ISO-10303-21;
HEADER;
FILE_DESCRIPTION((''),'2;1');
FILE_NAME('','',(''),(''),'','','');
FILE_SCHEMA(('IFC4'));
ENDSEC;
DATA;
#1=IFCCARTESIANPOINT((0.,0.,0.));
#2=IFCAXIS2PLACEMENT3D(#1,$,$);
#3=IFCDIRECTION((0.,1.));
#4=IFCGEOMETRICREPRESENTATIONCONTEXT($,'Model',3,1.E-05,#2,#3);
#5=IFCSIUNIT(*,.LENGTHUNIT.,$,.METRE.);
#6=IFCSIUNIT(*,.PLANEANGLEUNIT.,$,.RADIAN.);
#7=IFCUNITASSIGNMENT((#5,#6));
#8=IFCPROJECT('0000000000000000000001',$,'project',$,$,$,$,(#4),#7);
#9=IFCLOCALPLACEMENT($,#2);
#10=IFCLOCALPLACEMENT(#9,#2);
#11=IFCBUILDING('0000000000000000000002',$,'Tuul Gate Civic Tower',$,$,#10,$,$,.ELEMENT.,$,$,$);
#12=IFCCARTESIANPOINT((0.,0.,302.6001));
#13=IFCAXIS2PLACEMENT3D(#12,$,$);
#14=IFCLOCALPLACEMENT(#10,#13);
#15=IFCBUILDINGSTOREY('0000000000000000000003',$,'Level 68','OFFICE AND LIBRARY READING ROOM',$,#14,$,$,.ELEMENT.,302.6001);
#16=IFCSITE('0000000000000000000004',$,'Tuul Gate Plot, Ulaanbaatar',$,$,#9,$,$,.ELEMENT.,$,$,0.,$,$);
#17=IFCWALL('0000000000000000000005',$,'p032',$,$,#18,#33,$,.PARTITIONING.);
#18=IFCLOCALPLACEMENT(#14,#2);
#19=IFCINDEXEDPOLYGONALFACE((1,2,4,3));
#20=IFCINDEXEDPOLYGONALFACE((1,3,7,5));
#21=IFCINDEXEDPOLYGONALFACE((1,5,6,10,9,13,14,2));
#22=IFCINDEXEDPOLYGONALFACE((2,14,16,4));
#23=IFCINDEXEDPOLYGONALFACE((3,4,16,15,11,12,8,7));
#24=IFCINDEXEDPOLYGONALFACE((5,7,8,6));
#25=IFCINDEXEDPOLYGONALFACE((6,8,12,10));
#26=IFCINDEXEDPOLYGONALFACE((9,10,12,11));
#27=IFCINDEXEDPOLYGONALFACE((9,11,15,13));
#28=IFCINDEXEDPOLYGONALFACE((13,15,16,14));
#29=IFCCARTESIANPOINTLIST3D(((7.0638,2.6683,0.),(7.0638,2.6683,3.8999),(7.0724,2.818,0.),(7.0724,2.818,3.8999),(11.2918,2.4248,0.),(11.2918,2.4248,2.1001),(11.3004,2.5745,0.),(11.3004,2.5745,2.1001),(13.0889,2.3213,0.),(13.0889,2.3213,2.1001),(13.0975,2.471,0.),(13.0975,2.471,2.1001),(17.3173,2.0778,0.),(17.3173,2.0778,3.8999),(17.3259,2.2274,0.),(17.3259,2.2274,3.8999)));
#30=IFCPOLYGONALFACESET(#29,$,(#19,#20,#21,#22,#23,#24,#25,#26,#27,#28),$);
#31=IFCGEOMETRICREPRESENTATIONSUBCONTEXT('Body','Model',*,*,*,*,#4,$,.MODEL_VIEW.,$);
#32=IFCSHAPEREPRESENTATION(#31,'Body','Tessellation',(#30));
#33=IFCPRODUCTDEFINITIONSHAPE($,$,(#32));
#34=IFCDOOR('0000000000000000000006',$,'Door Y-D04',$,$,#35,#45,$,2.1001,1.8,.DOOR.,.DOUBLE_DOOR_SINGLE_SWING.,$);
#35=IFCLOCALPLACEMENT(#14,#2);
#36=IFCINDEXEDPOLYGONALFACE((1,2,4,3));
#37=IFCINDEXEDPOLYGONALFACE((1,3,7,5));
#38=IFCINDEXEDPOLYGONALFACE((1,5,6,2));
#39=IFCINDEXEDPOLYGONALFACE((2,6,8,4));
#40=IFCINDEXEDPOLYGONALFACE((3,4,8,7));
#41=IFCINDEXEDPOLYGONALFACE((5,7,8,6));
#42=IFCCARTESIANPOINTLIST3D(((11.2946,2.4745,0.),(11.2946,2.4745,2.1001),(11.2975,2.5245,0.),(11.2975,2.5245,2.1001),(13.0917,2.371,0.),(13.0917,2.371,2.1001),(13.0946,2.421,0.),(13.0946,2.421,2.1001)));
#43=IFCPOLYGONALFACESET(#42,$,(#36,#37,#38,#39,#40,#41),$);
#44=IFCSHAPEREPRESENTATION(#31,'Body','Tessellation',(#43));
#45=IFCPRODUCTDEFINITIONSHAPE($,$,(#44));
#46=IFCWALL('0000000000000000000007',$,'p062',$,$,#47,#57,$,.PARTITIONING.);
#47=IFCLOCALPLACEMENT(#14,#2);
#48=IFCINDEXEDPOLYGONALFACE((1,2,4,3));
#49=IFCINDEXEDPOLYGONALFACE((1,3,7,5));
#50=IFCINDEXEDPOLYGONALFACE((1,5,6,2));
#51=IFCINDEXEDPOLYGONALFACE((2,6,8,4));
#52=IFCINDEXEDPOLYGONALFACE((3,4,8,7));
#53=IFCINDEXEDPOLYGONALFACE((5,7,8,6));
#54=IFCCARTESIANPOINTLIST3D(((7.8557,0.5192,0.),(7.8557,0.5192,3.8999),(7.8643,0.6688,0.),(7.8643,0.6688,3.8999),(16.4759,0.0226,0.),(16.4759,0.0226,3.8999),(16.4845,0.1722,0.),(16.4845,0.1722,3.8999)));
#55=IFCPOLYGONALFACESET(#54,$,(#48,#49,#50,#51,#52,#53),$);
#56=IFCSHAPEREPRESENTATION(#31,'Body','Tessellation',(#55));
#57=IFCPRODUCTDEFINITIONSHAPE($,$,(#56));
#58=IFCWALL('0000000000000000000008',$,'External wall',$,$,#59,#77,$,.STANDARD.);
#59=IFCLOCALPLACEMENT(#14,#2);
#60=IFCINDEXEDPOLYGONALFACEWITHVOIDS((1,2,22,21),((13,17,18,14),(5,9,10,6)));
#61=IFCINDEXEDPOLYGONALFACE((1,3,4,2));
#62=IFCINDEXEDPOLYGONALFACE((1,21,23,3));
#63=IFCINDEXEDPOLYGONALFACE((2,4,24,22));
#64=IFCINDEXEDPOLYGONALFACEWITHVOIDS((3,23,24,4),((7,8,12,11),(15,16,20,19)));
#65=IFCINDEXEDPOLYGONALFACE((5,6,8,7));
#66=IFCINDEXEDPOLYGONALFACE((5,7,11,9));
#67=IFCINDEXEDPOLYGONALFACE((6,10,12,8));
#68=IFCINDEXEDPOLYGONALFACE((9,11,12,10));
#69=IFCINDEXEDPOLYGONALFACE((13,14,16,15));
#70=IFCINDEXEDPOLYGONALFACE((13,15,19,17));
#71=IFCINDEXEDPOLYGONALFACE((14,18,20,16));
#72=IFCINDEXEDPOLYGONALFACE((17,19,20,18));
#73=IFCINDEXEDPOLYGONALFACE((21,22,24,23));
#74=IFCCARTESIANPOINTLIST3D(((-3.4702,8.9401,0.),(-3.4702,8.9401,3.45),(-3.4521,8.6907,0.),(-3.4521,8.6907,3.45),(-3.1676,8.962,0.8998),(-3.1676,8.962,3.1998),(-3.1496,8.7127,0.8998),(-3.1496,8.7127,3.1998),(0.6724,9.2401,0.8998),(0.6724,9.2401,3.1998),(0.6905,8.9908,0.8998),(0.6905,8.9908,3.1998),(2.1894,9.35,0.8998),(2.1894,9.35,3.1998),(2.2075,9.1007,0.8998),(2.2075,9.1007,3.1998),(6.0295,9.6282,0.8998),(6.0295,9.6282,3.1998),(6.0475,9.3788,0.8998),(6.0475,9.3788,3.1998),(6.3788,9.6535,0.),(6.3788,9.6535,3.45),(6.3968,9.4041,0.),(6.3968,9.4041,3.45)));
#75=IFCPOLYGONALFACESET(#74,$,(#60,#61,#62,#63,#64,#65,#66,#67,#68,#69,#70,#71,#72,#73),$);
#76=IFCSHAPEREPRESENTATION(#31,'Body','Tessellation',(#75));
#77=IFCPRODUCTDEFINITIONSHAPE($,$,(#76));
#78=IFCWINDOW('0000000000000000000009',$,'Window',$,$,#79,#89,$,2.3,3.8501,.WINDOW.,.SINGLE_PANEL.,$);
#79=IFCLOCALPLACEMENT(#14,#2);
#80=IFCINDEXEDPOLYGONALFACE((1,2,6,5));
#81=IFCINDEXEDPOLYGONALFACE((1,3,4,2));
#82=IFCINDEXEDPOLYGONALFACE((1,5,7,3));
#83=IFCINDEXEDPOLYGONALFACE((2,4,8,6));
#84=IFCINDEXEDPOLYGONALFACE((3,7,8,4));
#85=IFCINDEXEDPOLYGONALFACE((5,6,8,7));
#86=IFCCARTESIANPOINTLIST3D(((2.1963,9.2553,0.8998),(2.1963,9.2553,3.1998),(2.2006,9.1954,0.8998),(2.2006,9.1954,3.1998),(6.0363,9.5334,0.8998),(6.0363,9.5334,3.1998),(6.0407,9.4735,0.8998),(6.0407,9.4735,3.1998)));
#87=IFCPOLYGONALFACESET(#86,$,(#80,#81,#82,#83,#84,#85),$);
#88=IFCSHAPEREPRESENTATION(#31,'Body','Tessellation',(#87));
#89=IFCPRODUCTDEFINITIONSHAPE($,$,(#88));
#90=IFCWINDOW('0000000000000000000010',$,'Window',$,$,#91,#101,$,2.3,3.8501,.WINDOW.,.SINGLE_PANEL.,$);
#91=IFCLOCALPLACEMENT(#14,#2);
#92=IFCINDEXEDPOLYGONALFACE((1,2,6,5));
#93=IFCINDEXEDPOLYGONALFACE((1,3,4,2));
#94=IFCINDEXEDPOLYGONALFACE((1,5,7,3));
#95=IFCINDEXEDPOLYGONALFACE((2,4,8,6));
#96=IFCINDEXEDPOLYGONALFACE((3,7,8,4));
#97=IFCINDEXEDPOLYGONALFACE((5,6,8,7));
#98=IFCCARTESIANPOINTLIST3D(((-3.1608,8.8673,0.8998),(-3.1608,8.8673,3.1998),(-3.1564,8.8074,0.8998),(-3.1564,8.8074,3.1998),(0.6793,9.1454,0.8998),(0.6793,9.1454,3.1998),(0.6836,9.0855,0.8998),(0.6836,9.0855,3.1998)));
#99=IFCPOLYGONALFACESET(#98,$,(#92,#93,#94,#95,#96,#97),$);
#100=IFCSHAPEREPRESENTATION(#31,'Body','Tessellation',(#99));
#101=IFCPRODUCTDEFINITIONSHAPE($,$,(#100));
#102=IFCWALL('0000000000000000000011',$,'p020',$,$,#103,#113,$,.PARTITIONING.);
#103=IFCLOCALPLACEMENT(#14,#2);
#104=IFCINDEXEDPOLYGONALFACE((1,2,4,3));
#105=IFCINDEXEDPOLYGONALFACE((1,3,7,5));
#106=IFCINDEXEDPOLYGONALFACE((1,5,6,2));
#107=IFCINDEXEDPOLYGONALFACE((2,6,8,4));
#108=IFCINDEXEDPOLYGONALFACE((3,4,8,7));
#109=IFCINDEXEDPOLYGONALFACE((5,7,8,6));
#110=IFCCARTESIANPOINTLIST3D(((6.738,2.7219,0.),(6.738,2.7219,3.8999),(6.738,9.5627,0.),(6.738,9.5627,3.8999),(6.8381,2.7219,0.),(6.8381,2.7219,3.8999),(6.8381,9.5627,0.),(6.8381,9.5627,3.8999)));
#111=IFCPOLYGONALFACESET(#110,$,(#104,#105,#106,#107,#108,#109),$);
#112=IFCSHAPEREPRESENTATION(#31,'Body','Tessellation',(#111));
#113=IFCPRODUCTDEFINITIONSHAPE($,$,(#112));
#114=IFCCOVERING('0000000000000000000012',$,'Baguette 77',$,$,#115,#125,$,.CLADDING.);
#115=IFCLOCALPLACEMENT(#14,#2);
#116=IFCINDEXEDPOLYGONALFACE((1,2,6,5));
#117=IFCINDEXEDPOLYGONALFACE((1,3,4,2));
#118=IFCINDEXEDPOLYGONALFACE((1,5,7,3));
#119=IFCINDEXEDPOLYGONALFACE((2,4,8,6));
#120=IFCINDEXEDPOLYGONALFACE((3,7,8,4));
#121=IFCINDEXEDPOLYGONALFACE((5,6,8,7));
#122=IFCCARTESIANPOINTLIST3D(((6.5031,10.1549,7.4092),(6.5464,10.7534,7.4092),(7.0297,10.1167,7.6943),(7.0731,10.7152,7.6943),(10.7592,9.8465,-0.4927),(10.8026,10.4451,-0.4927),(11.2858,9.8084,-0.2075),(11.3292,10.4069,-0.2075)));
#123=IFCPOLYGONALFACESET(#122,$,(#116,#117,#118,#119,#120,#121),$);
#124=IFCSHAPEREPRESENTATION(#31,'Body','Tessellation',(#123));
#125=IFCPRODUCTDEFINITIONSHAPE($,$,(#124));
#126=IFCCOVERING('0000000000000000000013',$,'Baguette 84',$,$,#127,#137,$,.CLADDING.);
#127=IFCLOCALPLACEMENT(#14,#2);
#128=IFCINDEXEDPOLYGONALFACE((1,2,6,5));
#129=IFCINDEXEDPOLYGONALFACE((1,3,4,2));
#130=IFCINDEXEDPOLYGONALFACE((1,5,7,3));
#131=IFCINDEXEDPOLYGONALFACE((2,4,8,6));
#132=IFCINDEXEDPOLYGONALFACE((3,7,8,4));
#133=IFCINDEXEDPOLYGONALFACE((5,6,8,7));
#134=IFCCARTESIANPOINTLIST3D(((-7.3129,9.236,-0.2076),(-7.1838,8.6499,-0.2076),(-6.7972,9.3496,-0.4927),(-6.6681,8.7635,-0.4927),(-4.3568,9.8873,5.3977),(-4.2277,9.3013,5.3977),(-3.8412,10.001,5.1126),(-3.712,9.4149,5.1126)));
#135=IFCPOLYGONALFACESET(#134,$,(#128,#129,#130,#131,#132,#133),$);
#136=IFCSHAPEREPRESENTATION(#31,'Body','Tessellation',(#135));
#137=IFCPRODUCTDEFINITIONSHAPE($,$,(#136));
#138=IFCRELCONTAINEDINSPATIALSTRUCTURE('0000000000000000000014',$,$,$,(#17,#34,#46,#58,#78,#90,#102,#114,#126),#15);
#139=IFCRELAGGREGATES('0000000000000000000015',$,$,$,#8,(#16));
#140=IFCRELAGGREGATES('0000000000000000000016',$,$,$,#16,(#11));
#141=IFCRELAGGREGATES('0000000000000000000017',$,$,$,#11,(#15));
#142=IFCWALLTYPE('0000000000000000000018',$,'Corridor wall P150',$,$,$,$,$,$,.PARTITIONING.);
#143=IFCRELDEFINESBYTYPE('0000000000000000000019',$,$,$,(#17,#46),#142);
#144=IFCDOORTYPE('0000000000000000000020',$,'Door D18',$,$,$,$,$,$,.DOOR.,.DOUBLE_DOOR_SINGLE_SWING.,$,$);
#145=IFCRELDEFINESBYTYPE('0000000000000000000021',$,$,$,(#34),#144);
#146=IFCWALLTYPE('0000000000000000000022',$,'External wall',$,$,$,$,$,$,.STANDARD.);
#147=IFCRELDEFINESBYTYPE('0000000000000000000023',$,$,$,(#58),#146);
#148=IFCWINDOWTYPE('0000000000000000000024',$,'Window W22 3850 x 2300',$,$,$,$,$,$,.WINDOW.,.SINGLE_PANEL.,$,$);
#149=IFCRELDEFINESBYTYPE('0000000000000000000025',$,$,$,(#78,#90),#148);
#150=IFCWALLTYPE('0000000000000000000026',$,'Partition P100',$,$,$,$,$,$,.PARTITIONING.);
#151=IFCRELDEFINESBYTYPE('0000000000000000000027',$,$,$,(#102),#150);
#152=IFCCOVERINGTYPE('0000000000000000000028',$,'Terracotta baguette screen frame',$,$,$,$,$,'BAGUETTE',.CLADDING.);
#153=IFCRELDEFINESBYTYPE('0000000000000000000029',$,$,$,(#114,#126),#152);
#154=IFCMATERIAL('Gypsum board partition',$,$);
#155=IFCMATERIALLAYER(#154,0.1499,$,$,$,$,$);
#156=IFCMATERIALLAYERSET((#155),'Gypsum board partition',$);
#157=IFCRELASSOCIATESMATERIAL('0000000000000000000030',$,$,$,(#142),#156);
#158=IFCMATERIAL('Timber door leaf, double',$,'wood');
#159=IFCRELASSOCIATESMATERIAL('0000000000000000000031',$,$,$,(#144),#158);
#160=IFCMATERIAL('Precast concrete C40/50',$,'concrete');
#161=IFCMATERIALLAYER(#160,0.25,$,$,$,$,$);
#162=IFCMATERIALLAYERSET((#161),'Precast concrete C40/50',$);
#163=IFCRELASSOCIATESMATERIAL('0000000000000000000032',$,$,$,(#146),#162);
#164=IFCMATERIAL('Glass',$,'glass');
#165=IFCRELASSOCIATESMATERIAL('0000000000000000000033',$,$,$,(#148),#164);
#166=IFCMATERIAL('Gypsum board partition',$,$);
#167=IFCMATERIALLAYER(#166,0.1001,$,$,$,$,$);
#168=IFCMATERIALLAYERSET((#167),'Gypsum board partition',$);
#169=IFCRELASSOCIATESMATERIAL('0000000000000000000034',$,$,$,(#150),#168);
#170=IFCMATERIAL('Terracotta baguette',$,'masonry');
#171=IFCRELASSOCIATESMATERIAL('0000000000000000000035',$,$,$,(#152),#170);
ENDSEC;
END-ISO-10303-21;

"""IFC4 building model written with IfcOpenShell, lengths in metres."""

from ifc_helpers import new_model, si_unit, direction, frame, frame_2d, origin, origin_2d, place, context, subcontext, project, spatial, rectangle, extrude, material, layer, layer_set, material_profile, profile_set, type_object, element, fill, save


model = new_model("IFC4")

# Units and contexts
model_context = context("Model", 3, precision=1e-05, world=origin(), true_north=direction((0.0, 1.0)))
body_context = subcontext(model_context, "Body", "Model", "MODEL_VIEW")
ifc_project = project(units=[si_unit("LENGTHUNIT", "METRE"), si_unit("PLANEANGLEUNIT", "RADIAN")], contexts=[model_context])

# Site, building, storey
site_placement = place(None, origin())
site = spatial("IfcSite", under=ifc_project, at=site_placement, Name="Tuul Gate Plot, Ulaanbaatar", CompositionType="ELEMENT", RefElevation=0.0)
building_placement = place(site_placement, origin())
building = spatial("IfcBuilding", under=site, at=building_placement, Name="Tuul Gate Civic Tower", CompositionType="ELEMENT")
storey_placement = place(building_placement, frame((0.0, 0.0, 302.6001)))
storey = spatial("IfcBuildingStorey", under=building, at=storey_placement, Name="Level 68", Description="OFFICE AND LIBRARY READING ROOM", CompositionType="ELEMENT", Elevation=302.6001)

# Shared definitions
ifc_material_1 = material(Name="Gypsum board partition")
ifc_layer_1 = layer(ifc_material_1, 0.1499)
ifc_layer_set_1 = layer_set([ifc_layer_1], Name="Gypsum board partition")
wall_type_1 = type_object("IfcWallType", Name="Corridor wall P150", PredefinedType="PARTITIONING", material=ifc_layer_set_1)

# Wall, opening, door
wall_1_placement = place(storey_placement, frame((7.0681, 2.7432, 0.0), z_axis=(0.0, 0.0, 1.0), x_axis=(0.998345, -0.057503, 0.0)))
wall_1 = element("IfcWall", 1, at=wall_1_placement, inside=storey, type_object=wall_type_1, Name="p032", PredefinedType="PARTITIONING", context=body_context, shape_type="SweptSolid", body=[
    extrude(rectangle(XDim=10.2705, YDim=0.1499, at=frame_2d((5.1353, 0.0))), origin(), (0.0, 0.0, 1.0), 3.8999),
])
opening_1_placement = place(wall_1_placement, frame((4.2351, 0.0, 0.0)))
opening_1 = element("IfcOpeningElement", 2, at=opening_1_placement, cuts=wall_1, PredefinedType="OPENING", context=body_context, shape_type="SweptSolid", body=[
    extrude(rectangle(XDim=1.8, YDim=2.1001, at=frame_2d((0.8999, 1.05))), frame((0.0, 0.085, 0.0), z_axis=(0.0, -1.0, 0.0), x_axis=(1.0, 0.0, 0.0)), (0.0, 0.0, 1.0), 0.1699),
])
ifc_material_2 = material(Name="Timber door leaf, double", Category="wood")
door_type = type_object("IfcDoorType", Name="Door D18", OperationType="DOUBLE_DOOR_SINGLE_SWING", PredefinedType="DOOR", material=ifc_material_2)
door_placement = place(opening_1_placement, origin())
door = element("IfcDoor", 3, at=door_placement, inside=storey, type_object=door_type, Name="Door Y-D04", OperationType="DOUBLE_DOOR_SINGLE_SWING", OverallHeight=2.1001, OverallWidth=1.8, PredefinedType="DOOR", context=body_context, shape_type="SweptSolid", body=[
    extrude(rectangle(XDim=1.8, YDim=2.1001, at=frame_2d((0.8999, 1.05))), frame((0.0, 0.0249, 0.0), z_axis=(0.0, -1.0, 0.0), x_axis=(1.0, 0.0, 0.0)), (0.0, 0.0, 1.0), 0.05),
])
fill(opening_1, door)

# Wall
wall_2_placement = place(storey_placement, frame((7.8599, 0.594, 0.0), z_axis=(0.0, 0.0, 1.0), x_axis=(0.998345, -0.057512, 0.0)))
element("IfcWall", 4, at=wall_2_placement, inside=storey, type_object=wall_type_1, Name="p062", PredefinedType="PARTITIONING", context=body_context, shape_type="SweptSolid", body=[
    extrude(rectangle(XDim=8.6345, YDim=0.1499, at=frame_2d((4.3174, 0.0))), origin(), (0.0, 0.0, 1.0), 3.8999),
])

# Wall, openings, windows
ifc_material_3 = material(Name="Precast concrete C40/50", Category="concrete")
ifc_layer_2 = layer(ifc_material_3, 0.25)
ifc_layer_set_2 = layer_set([ifc_layer_2], Name="Precast concrete C40/50")
wall_type_2 = type_object("IfcWallType", Name="External wall", PredefinedType="STANDARD", material=ifc_layer_set_2)
wall_3_placement = place(storey_placement, frame((6.3879, 9.5288, 0.0), z_axis=(0.0, 0.0, 1.0), x_axis=(-0.997387, -0.072243, 0.0)))
wall_3 = element("IfcWall", 5, at=wall_3_placement, inside=storey, type_object=wall_type_2, Name="External wall", PredefinedType="STANDARD", context=body_context, shape_type="SweptSolid", body=[
    extrude(rectangle(XDim=9.8748, YDim=0.25, at=frame_2d((4.9375, 0.0))), origin(), (0.0, 0.0, 1.0), 3.45),
])
opening_2_placement = place(wall_3_placement, frame((0.3503, 0.0, 0.8999)))
opening_2 = element("IfcOpeningElement", 6, at=opening_2_placement, cuts=wall_3, PredefinedType="OPENING", context=body_context, shape_type="SweptSolid", body=[
    extrude(rectangle(XDim=3.8501, YDim=2.3, at=frame_2d((1.925, 1.1499))), frame((0.0, 0.135, 0.0), z_axis=(0.0, -1.0, 0.0), x_axis=(1.0, 0.0, 0.0)), (0.0, 0.0, 1.0), 0.27),
])
opening_3_placement = place(wall_3_placement, frame((5.7214, 0.0, 0.8999)))
opening_3 = element("IfcOpeningElement", 7, at=opening_3_placement, cuts=wall_3, PredefinedType="OPENING", context=body_context, shape_type="SweptSolid", body=[
    extrude(rectangle(XDim=3.8501, YDim=2.3, at=frame_2d((1.925, 1.1499))), frame((0.0, 0.135, 0.0), z_axis=(0.0, -1.0, 0.0), x_axis=(1.0, 0.0, 0.0)), (0.0, 0.0, 1.0), 0.27),
])
ifc_material_4 = material(Name="Glass", Category="glass")
window_type = type_object("IfcWindowType", Name="Window W22 3850 x 2300", PartitioningType="SINGLE_PANEL", PredefinedType="WINDOW", material=ifc_material_4)
window_1_placement = place(opening_2_placement, origin())
window_1 = element("IfcWindow", 8, at=window_1_placement, inside=storey, type_object=window_type, Name="Window", OverallHeight=2.3, OverallWidth=3.8501, PartitioningType="SINGLE_PANEL", PredefinedType="WINDOW", context=body_context, shape_type="SweptSolid", body=[
    extrude(rectangle(XDim=3.8501, YDim=2.3, at=frame_2d((1.925, 1.1499))), frame((0.0, 0.03, 0.0), z_axis=(0.0, -1.0, 0.0), x_axis=(1.0, 0.0, 0.0)), (0.0, 0.0, 1.0), 0.0601),
])
fill(opening_2, window_1)
window_2_placement = place(opening_3_placement, origin())
window_2 = element("IfcWindow", 9, at=window_2_placement, inside=storey, type_object=window_type, Name="Window", OverallHeight=2.3, OverallWidth=3.8501, PartitioningType="SINGLE_PANEL", PredefinedType="WINDOW", context=body_context, shape_type="SweptSolid", body=[
    extrude(rectangle(XDim=3.8501, YDim=2.3, at=frame_2d((1.925, 1.1499))), frame((0.0, 0.03, 0.0), z_axis=(0.0, -1.0, 0.0), x_axis=(1.0, 0.0, 0.0)), (0.0, 0.0, 1.0), 0.0601),
])
fill(opening_3, window_2)

# Wall
ifc_material_5 = material(Name="Gypsum board partition")
ifc_layer_3 = layer(ifc_material_5, 0.1001)
ifc_layer_set_3 = layer_set([ifc_layer_3], Name="Gypsum board partition")
wall_type_3 = type_object("IfcWallType", Name="Partition P100", PredefinedType="PARTITIONING", material=ifc_layer_set_3)
wall_4_placement = place(storey_placement, frame((6.7881, 2.7219, 0.0), z_axis=(0.0, 0.0, 1.0), x_axis=(0.0, 1.0, 0.0)))
element("IfcWall", 10, at=wall_4_placement, inside=storey, type_object=wall_type_3, Name="p020", PredefinedType="PARTITIONING", context=body_context, shape_type="SweptSolid", body=[
    extrude(rectangle(XDim=6.8408, YDim=0.1001, at=frame_2d((3.4204, 0.0))), origin(), (0.0, 0.0, 1.0), 3.8999),
])

# Coverings
ifc_material_6 = material(Name="Terracotta baguette", Category="masonry")
ifc_material_profile_1 = material_profile(ifc_material_6, rectangle(XDim=0.6001, YDim=0.6001, at=origin_2d()), Name="Terracotta baguette screen frame")
ifc_profile_set_1 = profile_set([ifc_material_profile_1], Name="Terracotta baguette")
covering_type = type_object("IfcCoveringType", Name="Terracotta baguette screen frame", ElementType="BAGUETTE", PredefinedType="CLADDING", material=ifc_profile_set_1)
covering_1_placement = place(storey_placement, frame((6.7881, 10.4351, 7.5518), z_axis=(0.473929, -0.034336, -0.879893), x_axis=(0.072259, 0.997386, 0.0)))
element("IfcCovering", 11, at=covering_1_placement, inside=storey, type_object=covering_type, Name="Baguette 77", PredefinedType="CLADDING", context=body_context, shape_type="SweptSolid", body=[
    extrude(rectangle(XDim=0.6001, YDim=0.6001, at=origin_2d()), origin(), (0.0, 0.0, 1.0), 8.9805),
])
covering_2_placement = place(storey_placement, frame((-4.0344, 9.6511, 5.2551), z_axis=(-0.464035, -0.10225, -0.879896), x_axis=(0.215188, -0.976573, 0.0)))
element("IfcCovering", 12, at=covering_2_placement, inside=storey, type_object=covering_type, Name="Baguette 84", PredefinedType="CLADDING", context=body_context, shape_type="SweptSolid", body=[
    extrude(rectangle(XDim=0.6001, YDim=0.6001, at=origin_2d()), origin(), (0.0, 0.0, 1.0), 6.3704),
])

save(model, "model.ifc")
